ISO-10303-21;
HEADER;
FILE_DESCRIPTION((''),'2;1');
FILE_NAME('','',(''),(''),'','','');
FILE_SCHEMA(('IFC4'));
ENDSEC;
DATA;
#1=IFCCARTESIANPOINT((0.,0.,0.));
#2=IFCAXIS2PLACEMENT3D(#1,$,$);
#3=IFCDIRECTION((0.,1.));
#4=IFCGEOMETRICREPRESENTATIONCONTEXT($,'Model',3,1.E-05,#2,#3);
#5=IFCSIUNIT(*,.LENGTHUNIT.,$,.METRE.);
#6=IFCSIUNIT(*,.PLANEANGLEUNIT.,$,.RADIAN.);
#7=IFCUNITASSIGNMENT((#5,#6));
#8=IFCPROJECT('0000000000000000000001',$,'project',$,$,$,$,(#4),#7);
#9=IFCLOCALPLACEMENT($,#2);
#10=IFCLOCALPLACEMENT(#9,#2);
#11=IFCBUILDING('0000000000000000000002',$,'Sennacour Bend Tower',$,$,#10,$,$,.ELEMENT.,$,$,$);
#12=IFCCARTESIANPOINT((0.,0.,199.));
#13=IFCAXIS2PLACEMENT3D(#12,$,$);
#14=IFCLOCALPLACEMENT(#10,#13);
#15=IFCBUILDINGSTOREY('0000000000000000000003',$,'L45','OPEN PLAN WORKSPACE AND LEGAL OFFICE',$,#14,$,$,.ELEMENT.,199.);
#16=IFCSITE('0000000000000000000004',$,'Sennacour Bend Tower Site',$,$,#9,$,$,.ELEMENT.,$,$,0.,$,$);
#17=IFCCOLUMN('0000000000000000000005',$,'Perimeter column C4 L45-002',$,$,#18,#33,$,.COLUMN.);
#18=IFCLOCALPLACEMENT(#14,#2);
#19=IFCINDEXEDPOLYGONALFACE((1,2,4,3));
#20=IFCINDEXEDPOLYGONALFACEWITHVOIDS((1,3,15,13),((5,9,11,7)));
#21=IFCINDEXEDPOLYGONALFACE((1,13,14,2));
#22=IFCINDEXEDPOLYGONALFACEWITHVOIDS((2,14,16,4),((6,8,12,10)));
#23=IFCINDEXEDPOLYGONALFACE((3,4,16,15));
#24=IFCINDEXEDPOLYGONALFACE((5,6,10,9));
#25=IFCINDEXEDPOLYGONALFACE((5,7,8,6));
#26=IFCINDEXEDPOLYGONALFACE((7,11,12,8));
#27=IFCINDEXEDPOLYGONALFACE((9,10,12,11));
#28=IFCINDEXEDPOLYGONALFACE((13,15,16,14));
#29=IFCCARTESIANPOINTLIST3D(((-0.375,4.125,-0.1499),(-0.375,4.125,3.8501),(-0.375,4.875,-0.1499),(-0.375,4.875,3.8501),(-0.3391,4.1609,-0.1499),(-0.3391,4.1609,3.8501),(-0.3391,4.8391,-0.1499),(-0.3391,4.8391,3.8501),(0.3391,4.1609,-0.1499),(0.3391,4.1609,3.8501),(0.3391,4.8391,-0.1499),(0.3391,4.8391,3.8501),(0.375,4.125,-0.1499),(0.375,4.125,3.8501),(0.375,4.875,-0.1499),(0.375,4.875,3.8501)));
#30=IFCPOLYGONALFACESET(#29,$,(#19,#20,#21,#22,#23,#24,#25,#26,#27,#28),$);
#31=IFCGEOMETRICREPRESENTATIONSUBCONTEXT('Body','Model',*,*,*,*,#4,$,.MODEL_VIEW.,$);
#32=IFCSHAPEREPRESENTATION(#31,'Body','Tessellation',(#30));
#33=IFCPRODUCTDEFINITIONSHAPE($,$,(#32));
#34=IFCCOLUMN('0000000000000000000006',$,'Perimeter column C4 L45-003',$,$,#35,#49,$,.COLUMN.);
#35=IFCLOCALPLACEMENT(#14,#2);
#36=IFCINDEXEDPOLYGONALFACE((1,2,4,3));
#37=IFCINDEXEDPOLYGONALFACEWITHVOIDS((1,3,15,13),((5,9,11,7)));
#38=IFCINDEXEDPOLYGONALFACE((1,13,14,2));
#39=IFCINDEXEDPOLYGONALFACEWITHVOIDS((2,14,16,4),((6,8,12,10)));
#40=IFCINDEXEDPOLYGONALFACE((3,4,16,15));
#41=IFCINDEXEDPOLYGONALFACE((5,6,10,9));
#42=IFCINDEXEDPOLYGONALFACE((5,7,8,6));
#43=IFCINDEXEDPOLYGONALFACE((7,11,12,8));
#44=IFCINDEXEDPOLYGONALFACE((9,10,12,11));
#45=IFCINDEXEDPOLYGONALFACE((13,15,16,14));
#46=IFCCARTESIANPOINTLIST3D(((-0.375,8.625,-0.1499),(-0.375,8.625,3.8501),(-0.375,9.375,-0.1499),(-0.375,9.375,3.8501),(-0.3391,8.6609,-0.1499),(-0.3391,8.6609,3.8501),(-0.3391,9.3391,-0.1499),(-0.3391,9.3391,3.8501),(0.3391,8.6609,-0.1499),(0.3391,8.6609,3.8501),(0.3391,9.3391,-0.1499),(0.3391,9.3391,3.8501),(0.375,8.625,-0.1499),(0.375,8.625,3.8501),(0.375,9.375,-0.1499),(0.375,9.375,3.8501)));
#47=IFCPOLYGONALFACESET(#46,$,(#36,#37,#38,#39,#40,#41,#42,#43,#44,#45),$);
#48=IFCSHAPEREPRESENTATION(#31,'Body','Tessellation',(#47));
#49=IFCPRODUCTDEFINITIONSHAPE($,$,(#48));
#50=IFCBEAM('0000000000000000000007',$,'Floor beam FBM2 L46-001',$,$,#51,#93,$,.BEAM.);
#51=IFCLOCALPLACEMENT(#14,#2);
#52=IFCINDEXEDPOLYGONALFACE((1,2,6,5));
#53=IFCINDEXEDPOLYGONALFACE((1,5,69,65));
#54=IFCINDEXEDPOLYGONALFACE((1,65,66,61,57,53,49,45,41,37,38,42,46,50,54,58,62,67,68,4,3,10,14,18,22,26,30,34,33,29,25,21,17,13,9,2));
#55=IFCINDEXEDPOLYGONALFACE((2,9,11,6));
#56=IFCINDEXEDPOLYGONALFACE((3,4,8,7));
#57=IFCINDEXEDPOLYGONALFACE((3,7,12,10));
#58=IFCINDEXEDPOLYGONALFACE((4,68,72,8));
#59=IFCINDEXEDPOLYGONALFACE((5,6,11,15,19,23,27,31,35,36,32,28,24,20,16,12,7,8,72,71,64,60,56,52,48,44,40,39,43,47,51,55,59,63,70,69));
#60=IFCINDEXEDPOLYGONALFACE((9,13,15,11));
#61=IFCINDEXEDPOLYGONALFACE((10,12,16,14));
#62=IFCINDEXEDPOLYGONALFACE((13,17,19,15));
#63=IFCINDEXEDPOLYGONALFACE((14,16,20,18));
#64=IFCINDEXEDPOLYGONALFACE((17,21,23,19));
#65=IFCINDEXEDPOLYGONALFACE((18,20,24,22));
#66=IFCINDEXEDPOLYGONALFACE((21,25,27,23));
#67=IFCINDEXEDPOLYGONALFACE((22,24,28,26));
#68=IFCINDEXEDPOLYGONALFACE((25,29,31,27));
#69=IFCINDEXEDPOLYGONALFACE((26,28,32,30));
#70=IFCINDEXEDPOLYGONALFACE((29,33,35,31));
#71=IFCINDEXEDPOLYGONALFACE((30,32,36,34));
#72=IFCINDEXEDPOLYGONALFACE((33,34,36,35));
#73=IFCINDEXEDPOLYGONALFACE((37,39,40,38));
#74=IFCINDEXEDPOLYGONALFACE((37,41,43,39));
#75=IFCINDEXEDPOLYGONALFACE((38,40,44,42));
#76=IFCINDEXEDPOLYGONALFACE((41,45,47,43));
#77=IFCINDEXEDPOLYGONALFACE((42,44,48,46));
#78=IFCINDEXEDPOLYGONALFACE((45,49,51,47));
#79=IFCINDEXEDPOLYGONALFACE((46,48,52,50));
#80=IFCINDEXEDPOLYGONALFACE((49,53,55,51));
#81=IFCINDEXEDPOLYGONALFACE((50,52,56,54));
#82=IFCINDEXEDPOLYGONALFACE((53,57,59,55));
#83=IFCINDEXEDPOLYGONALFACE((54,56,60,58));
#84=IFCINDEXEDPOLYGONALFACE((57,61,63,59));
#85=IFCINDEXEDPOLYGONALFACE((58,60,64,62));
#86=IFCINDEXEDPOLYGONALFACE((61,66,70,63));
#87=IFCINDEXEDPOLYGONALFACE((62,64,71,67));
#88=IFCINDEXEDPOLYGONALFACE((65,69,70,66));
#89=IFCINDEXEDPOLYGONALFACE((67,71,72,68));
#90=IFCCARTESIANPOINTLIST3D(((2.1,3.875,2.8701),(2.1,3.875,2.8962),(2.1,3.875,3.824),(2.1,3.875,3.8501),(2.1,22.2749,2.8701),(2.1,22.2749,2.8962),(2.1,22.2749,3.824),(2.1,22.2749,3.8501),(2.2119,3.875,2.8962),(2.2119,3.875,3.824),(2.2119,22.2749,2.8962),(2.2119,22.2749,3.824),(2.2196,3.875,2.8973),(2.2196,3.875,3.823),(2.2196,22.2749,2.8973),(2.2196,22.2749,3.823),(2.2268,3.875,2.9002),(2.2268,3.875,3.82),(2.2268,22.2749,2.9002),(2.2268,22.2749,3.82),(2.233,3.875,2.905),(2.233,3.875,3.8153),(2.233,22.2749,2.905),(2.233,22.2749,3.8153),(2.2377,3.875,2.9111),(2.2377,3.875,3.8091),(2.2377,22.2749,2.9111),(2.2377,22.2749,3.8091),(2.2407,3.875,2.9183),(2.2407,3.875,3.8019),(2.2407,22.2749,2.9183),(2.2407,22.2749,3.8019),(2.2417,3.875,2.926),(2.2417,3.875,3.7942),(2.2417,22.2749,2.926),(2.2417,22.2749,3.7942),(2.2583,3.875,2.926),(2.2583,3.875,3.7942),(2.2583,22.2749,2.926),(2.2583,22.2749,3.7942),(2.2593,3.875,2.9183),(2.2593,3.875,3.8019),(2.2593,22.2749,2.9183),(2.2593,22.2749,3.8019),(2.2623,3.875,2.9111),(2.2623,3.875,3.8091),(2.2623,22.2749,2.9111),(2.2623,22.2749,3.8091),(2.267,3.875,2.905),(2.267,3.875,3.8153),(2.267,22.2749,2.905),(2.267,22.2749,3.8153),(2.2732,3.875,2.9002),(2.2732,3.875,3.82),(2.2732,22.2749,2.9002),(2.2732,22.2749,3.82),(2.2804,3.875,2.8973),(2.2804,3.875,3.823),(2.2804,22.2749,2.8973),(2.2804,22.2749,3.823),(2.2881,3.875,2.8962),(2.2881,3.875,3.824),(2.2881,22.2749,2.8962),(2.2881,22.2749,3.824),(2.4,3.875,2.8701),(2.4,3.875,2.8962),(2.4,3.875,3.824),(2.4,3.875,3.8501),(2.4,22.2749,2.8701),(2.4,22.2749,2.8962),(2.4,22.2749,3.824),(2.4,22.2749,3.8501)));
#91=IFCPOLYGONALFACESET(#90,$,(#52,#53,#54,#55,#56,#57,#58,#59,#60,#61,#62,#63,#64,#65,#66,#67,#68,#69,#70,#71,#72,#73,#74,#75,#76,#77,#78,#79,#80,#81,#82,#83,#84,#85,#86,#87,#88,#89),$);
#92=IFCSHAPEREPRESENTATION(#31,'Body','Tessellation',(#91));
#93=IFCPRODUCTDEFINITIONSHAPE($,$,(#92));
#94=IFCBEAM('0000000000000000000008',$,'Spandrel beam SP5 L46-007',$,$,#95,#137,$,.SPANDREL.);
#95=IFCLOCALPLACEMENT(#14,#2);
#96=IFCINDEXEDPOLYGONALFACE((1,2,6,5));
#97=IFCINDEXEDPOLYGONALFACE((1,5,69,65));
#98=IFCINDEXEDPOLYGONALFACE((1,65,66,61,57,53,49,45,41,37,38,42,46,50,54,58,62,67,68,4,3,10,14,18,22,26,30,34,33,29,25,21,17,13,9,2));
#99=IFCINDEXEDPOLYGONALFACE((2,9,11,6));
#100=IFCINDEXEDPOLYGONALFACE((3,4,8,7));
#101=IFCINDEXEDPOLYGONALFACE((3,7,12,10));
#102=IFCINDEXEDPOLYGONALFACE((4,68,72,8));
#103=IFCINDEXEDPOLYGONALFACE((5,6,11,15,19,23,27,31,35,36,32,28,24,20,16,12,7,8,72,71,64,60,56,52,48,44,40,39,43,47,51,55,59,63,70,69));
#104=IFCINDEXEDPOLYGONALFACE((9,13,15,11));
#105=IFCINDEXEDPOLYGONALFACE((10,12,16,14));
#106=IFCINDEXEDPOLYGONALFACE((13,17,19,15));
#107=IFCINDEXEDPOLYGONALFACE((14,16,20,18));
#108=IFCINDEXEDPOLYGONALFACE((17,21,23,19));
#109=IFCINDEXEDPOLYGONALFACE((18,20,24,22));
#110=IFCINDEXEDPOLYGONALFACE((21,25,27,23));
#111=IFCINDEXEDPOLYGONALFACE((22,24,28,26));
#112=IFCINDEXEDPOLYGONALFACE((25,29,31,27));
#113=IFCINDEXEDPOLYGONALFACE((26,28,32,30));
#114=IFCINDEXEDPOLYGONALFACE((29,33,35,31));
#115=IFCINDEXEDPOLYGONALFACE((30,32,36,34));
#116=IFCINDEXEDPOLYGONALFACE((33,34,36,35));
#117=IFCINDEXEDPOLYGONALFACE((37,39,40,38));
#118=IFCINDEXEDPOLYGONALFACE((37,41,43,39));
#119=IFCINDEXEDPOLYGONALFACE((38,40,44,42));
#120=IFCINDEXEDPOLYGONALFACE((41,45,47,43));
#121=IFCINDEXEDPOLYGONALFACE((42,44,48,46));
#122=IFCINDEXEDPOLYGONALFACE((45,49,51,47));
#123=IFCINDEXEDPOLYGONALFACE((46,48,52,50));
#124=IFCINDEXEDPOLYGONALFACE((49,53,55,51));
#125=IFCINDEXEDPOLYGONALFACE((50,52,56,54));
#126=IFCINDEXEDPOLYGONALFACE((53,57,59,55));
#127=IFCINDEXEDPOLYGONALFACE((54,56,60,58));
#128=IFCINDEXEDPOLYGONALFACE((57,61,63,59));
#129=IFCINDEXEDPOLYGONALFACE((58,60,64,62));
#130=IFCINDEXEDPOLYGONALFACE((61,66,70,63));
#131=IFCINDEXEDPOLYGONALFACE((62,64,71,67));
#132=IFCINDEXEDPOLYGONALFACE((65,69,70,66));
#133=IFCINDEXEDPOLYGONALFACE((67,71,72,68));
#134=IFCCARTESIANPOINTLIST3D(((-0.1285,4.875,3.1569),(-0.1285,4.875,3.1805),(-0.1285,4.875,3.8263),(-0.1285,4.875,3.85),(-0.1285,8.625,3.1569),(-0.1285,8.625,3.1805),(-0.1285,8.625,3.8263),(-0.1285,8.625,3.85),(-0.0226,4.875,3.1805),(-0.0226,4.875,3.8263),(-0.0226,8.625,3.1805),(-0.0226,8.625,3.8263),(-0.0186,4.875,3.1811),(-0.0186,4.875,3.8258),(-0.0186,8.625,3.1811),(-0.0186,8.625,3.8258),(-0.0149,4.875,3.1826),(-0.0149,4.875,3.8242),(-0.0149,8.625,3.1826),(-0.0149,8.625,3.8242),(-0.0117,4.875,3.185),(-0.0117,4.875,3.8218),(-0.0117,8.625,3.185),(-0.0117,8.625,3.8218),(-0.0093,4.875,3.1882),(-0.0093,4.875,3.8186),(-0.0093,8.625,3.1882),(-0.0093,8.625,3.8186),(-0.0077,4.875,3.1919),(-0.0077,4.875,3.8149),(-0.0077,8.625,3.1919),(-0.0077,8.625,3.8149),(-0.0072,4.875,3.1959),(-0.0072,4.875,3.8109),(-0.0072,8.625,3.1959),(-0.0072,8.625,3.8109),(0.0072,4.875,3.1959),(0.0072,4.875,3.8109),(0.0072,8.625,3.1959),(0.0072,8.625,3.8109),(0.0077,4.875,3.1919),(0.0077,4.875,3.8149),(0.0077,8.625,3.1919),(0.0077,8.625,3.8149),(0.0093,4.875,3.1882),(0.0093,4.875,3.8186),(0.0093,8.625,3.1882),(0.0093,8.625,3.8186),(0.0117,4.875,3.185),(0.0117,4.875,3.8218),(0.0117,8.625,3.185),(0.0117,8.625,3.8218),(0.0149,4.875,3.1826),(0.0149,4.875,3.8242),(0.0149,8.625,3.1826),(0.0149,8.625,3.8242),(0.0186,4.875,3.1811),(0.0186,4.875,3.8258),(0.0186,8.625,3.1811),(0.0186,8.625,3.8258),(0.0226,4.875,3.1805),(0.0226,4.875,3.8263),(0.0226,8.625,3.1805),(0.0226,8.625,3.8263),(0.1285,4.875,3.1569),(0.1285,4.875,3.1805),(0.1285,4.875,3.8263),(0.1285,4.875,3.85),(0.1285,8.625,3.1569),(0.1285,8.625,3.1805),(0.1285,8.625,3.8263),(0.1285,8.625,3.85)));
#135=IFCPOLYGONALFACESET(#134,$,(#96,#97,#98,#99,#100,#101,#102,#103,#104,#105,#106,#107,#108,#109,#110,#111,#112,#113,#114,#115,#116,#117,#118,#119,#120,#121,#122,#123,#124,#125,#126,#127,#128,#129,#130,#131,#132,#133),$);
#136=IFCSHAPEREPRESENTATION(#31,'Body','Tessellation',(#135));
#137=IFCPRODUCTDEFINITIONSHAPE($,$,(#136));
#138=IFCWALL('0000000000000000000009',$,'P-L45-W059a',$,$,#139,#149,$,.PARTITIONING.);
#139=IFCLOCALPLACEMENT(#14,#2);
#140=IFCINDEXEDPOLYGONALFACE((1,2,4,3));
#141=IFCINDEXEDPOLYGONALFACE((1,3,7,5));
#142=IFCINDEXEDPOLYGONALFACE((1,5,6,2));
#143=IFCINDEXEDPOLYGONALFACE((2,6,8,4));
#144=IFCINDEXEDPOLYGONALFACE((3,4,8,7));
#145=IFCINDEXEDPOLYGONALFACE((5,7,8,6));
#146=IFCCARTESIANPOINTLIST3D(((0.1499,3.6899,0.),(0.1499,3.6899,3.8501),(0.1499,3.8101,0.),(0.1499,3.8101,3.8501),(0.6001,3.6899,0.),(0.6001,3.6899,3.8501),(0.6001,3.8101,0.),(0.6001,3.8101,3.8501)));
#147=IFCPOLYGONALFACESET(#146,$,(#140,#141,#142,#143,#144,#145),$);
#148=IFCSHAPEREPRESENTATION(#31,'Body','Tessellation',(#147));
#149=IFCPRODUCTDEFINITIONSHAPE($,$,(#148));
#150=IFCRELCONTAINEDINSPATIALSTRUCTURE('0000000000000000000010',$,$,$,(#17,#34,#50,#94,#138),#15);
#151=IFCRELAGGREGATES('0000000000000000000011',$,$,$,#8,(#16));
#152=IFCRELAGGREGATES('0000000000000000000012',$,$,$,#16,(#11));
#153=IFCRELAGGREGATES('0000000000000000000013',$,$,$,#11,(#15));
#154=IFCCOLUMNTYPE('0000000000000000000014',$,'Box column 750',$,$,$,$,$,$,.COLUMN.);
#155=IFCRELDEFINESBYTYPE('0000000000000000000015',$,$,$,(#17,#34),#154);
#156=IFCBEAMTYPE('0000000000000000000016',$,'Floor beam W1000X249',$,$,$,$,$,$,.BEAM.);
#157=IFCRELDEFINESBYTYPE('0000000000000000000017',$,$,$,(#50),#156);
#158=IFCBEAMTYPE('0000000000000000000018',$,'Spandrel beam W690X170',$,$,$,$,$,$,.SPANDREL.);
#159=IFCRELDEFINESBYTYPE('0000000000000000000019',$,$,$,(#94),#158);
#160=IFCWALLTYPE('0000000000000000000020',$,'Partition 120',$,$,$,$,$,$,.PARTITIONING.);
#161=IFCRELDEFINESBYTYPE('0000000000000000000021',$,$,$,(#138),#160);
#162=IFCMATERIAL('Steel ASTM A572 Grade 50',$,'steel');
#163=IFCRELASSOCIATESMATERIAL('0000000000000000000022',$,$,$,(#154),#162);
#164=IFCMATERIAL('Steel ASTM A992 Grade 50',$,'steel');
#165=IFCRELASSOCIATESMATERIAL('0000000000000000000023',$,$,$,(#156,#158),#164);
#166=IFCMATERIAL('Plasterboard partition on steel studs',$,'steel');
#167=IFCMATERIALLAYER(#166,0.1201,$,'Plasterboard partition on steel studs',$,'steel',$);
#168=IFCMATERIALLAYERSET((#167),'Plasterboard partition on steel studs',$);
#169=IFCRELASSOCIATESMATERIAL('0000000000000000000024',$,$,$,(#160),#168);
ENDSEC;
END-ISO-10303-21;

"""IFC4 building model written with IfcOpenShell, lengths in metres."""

from ifc_helpers import new_model, si_unit, direction, frame, frame_2d, origin, origin_2d, place, context, subcontext, project, spatial, rectangle, hollow_rectangle, i_section, extrude, material, layer, layer_set, material_profile, profile_set, type_object, element, save


model = new_model("IFC4")

# Units and contexts
model_context = context("Model", 3, precision=1e-05, world=origin(), true_north=direction((0.0, 1.0)))
body_context = subcontext(model_context, "Body", "Model", "MODEL_VIEW")
ifc_project = project(units=[si_unit("LENGTHUNIT", "METRE"), si_unit("PLANEANGLEUNIT", "RADIAN")], contexts=[model_context])

# Site, building, storey
site_placement = place(None, origin())
site = spatial("IfcSite", under=ifc_project, at=site_placement, Name="Sennacour Bend Tower Site", CompositionType="ELEMENT", RefElevation=0.0)
building_placement = place(site_placement, origin())
building = spatial("IfcBuilding", under=site, at=building_placement, Name="Sennacour Bend Tower", CompositionType="ELEMENT")
storey_placement = place(building_placement, frame((0.0, 0.0, 199.0)))
storey = spatial("IfcBuildingStorey", under=building, at=storey_placement, Name="L45", Description="OPEN PLAN WORKSPACE AND LEGAL OFFICE", CompositionType="ELEMENT", Elevation=199.0)

# Columns
ifc_material_1 = material(Name="Steel ASTM A572 Grade 50", Category="steel")
ifc_material_profile_1 = material_profile(ifc_material_1, hollow_rectangle(XDim=0.75, YDim=0.75, WallThickness=0.0359, at=origin_2d()), Name="Steel ASTM A572 Grade 50", Category="steel")
ifc_profile_set_1 = profile_set([ifc_material_profile_1], Name="Steel ASTM A572 Grade 50")
column_type = type_object("IfcColumnType", Name="Box column 750", PredefinedType="COLUMN", material=ifc_profile_set_1)
for number, where, z_axis, x_axis, name in (
    (1, (0.0, 4.5, -0.1499), (0.0, 0.0, 1.0), (1.0, 0.0, 0.0), "Perimeter column C4 L45-002"),
    (2, (0.0, 9.0, -0.1499), (0.0, 0.0, 1.0), (1.0, 0.0, 0.0), "Perimeter column C4 L45-003"),
):
    element("IfcColumn", number, at=place(storey_placement, frame(where, z_axis=z_axis, x_axis=x_axis)), inside=storey, type_object=column_type, Name=name, PredefinedType="COLUMN", context=body_context, shape_type="SweptSolid", body=[
        extrude(hollow_rectangle(XDim=0.75, YDim=0.75, WallThickness=0.0359, at=origin_2d()), origin(), (0.0, 0.0, 1.0), 4.0),
    ])

# Beams
ifc_material_2 = material(Name="Steel ASTM A992 Grade 50", Category="steel")
ifc_material_profile_2 = material_profile(ifc_material_2, i_section(OverallWidth=0.3, OverallDepth=0.98, WebThickness=0.0166, FlangeThickness=0.0261, FilletRadius=0.0298, at=origin_2d()), Name="Steel ASTM A992 Grade 50", Category="steel")
ifc_profile_set_2 = profile_set([ifc_material_profile_2], Name="Steel ASTM A992 Grade 50")
beam_type_1 = type_object("IfcBeamType", Name="Floor beam W1000X249", PredefinedType="BEAM", material=ifc_profile_set_2)
beam_1_placement = place(storey_placement, frame((2.25, 3.875, 3.3601), z_axis=(0.0, 1.0, 0.0), x_axis=(-1.0, 0.0, 0.0)))
element("IfcBeam", 3, at=beam_1_placement, inside=storey, type_object=beam_type_1, Name="Floor beam FBM2 L46-001", PredefinedType="BEAM", context=body_context, shape_type="SweptSolid", body=[
    extrude(i_section(OverallWidth=0.3, OverallDepth=0.98, WebThickness=0.0166, FlangeThickness=0.0261, FilletRadius=0.0298, at=origin_2d()), origin(), (0.0, 0.0, 1.0), 18.3999),
])
ifc_material_profile_3 = material_profile(ifc_material_2, i_section(OverallWidth=0.2571, OverallDepth=0.6931, WebThickness=0.0144, FlangeThickness=0.0237, FilletRadius=0.0154, at=origin_2d()), Name="Steel ASTM A992 Grade 50", Category="steel")
ifc_profile_set_3 = profile_set([ifc_material_profile_3], Name="Steel ASTM A992 Grade 50")
beam_type_2 = type_object("IfcBeamType", Name="Spandrel beam W690X170", PredefinedType="SPANDREL", material=ifc_profile_set_3)
beam_2_placement = place(storey_placement, frame((0.0, 4.875, 3.5034), z_axis=(0.0, 1.0, 0.0), x_axis=(-1.0, 0.0, 0.0)))
element("IfcBeam", 4, at=beam_2_placement, inside=storey, type_object=beam_type_2, Name="Spandrel beam SP5 L46-007", PredefinedType="SPANDREL", context=body_context, shape_type="SweptSolid", body=[
    extrude(i_section(OverallWidth=0.2571, OverallDepth=0.6931, WebThickness=0.0144, FlangeThickness=0.0237, FilletRadius=0.0154, at=origin_2d()), origin(), (0.0, 0.0, 1.0), 3.75),
])

# Wall
ifc_material_3 = material(Name="Plasterboard partition on steel studs", Category="steel")
ifc_layer_1 = layer(ifc_material_3, 0.1201, Name="Plasterboard partition on steel studs", Category="steel")
ifc_layer_set_1 = layer_set([ifc_layer_1], Name="Plasterboard partition on steel studs")
wall_type_1 = type_object("IfcWallType", Name="Partition 120", PredefinedType="PARTITIONING", material=ifc_layer_set_1)
wall_1_placement = place(storey_placement, frame((0.1499, 3.75, 0.0), z_axis=(0.0, 0.0, 1.0), x_axis=(1.0, 0.0, 0.0)))
element("IfcWall", 5, at=wall_1_placement, inside=storey, type_object=wall_type_1, Name="P-L45-W059a", PredefinedType="PARTITIONING", context=body_context, shape_type="SweptSolid", body=[
    extrude(rectangle(XDim=0.4502, YDim=0.1201, at=frame_2d((0.2251, 0.0))), origin(), (0.0, 0.0, 1.0), 3.8501),
])

save(model, "model.ifc")
